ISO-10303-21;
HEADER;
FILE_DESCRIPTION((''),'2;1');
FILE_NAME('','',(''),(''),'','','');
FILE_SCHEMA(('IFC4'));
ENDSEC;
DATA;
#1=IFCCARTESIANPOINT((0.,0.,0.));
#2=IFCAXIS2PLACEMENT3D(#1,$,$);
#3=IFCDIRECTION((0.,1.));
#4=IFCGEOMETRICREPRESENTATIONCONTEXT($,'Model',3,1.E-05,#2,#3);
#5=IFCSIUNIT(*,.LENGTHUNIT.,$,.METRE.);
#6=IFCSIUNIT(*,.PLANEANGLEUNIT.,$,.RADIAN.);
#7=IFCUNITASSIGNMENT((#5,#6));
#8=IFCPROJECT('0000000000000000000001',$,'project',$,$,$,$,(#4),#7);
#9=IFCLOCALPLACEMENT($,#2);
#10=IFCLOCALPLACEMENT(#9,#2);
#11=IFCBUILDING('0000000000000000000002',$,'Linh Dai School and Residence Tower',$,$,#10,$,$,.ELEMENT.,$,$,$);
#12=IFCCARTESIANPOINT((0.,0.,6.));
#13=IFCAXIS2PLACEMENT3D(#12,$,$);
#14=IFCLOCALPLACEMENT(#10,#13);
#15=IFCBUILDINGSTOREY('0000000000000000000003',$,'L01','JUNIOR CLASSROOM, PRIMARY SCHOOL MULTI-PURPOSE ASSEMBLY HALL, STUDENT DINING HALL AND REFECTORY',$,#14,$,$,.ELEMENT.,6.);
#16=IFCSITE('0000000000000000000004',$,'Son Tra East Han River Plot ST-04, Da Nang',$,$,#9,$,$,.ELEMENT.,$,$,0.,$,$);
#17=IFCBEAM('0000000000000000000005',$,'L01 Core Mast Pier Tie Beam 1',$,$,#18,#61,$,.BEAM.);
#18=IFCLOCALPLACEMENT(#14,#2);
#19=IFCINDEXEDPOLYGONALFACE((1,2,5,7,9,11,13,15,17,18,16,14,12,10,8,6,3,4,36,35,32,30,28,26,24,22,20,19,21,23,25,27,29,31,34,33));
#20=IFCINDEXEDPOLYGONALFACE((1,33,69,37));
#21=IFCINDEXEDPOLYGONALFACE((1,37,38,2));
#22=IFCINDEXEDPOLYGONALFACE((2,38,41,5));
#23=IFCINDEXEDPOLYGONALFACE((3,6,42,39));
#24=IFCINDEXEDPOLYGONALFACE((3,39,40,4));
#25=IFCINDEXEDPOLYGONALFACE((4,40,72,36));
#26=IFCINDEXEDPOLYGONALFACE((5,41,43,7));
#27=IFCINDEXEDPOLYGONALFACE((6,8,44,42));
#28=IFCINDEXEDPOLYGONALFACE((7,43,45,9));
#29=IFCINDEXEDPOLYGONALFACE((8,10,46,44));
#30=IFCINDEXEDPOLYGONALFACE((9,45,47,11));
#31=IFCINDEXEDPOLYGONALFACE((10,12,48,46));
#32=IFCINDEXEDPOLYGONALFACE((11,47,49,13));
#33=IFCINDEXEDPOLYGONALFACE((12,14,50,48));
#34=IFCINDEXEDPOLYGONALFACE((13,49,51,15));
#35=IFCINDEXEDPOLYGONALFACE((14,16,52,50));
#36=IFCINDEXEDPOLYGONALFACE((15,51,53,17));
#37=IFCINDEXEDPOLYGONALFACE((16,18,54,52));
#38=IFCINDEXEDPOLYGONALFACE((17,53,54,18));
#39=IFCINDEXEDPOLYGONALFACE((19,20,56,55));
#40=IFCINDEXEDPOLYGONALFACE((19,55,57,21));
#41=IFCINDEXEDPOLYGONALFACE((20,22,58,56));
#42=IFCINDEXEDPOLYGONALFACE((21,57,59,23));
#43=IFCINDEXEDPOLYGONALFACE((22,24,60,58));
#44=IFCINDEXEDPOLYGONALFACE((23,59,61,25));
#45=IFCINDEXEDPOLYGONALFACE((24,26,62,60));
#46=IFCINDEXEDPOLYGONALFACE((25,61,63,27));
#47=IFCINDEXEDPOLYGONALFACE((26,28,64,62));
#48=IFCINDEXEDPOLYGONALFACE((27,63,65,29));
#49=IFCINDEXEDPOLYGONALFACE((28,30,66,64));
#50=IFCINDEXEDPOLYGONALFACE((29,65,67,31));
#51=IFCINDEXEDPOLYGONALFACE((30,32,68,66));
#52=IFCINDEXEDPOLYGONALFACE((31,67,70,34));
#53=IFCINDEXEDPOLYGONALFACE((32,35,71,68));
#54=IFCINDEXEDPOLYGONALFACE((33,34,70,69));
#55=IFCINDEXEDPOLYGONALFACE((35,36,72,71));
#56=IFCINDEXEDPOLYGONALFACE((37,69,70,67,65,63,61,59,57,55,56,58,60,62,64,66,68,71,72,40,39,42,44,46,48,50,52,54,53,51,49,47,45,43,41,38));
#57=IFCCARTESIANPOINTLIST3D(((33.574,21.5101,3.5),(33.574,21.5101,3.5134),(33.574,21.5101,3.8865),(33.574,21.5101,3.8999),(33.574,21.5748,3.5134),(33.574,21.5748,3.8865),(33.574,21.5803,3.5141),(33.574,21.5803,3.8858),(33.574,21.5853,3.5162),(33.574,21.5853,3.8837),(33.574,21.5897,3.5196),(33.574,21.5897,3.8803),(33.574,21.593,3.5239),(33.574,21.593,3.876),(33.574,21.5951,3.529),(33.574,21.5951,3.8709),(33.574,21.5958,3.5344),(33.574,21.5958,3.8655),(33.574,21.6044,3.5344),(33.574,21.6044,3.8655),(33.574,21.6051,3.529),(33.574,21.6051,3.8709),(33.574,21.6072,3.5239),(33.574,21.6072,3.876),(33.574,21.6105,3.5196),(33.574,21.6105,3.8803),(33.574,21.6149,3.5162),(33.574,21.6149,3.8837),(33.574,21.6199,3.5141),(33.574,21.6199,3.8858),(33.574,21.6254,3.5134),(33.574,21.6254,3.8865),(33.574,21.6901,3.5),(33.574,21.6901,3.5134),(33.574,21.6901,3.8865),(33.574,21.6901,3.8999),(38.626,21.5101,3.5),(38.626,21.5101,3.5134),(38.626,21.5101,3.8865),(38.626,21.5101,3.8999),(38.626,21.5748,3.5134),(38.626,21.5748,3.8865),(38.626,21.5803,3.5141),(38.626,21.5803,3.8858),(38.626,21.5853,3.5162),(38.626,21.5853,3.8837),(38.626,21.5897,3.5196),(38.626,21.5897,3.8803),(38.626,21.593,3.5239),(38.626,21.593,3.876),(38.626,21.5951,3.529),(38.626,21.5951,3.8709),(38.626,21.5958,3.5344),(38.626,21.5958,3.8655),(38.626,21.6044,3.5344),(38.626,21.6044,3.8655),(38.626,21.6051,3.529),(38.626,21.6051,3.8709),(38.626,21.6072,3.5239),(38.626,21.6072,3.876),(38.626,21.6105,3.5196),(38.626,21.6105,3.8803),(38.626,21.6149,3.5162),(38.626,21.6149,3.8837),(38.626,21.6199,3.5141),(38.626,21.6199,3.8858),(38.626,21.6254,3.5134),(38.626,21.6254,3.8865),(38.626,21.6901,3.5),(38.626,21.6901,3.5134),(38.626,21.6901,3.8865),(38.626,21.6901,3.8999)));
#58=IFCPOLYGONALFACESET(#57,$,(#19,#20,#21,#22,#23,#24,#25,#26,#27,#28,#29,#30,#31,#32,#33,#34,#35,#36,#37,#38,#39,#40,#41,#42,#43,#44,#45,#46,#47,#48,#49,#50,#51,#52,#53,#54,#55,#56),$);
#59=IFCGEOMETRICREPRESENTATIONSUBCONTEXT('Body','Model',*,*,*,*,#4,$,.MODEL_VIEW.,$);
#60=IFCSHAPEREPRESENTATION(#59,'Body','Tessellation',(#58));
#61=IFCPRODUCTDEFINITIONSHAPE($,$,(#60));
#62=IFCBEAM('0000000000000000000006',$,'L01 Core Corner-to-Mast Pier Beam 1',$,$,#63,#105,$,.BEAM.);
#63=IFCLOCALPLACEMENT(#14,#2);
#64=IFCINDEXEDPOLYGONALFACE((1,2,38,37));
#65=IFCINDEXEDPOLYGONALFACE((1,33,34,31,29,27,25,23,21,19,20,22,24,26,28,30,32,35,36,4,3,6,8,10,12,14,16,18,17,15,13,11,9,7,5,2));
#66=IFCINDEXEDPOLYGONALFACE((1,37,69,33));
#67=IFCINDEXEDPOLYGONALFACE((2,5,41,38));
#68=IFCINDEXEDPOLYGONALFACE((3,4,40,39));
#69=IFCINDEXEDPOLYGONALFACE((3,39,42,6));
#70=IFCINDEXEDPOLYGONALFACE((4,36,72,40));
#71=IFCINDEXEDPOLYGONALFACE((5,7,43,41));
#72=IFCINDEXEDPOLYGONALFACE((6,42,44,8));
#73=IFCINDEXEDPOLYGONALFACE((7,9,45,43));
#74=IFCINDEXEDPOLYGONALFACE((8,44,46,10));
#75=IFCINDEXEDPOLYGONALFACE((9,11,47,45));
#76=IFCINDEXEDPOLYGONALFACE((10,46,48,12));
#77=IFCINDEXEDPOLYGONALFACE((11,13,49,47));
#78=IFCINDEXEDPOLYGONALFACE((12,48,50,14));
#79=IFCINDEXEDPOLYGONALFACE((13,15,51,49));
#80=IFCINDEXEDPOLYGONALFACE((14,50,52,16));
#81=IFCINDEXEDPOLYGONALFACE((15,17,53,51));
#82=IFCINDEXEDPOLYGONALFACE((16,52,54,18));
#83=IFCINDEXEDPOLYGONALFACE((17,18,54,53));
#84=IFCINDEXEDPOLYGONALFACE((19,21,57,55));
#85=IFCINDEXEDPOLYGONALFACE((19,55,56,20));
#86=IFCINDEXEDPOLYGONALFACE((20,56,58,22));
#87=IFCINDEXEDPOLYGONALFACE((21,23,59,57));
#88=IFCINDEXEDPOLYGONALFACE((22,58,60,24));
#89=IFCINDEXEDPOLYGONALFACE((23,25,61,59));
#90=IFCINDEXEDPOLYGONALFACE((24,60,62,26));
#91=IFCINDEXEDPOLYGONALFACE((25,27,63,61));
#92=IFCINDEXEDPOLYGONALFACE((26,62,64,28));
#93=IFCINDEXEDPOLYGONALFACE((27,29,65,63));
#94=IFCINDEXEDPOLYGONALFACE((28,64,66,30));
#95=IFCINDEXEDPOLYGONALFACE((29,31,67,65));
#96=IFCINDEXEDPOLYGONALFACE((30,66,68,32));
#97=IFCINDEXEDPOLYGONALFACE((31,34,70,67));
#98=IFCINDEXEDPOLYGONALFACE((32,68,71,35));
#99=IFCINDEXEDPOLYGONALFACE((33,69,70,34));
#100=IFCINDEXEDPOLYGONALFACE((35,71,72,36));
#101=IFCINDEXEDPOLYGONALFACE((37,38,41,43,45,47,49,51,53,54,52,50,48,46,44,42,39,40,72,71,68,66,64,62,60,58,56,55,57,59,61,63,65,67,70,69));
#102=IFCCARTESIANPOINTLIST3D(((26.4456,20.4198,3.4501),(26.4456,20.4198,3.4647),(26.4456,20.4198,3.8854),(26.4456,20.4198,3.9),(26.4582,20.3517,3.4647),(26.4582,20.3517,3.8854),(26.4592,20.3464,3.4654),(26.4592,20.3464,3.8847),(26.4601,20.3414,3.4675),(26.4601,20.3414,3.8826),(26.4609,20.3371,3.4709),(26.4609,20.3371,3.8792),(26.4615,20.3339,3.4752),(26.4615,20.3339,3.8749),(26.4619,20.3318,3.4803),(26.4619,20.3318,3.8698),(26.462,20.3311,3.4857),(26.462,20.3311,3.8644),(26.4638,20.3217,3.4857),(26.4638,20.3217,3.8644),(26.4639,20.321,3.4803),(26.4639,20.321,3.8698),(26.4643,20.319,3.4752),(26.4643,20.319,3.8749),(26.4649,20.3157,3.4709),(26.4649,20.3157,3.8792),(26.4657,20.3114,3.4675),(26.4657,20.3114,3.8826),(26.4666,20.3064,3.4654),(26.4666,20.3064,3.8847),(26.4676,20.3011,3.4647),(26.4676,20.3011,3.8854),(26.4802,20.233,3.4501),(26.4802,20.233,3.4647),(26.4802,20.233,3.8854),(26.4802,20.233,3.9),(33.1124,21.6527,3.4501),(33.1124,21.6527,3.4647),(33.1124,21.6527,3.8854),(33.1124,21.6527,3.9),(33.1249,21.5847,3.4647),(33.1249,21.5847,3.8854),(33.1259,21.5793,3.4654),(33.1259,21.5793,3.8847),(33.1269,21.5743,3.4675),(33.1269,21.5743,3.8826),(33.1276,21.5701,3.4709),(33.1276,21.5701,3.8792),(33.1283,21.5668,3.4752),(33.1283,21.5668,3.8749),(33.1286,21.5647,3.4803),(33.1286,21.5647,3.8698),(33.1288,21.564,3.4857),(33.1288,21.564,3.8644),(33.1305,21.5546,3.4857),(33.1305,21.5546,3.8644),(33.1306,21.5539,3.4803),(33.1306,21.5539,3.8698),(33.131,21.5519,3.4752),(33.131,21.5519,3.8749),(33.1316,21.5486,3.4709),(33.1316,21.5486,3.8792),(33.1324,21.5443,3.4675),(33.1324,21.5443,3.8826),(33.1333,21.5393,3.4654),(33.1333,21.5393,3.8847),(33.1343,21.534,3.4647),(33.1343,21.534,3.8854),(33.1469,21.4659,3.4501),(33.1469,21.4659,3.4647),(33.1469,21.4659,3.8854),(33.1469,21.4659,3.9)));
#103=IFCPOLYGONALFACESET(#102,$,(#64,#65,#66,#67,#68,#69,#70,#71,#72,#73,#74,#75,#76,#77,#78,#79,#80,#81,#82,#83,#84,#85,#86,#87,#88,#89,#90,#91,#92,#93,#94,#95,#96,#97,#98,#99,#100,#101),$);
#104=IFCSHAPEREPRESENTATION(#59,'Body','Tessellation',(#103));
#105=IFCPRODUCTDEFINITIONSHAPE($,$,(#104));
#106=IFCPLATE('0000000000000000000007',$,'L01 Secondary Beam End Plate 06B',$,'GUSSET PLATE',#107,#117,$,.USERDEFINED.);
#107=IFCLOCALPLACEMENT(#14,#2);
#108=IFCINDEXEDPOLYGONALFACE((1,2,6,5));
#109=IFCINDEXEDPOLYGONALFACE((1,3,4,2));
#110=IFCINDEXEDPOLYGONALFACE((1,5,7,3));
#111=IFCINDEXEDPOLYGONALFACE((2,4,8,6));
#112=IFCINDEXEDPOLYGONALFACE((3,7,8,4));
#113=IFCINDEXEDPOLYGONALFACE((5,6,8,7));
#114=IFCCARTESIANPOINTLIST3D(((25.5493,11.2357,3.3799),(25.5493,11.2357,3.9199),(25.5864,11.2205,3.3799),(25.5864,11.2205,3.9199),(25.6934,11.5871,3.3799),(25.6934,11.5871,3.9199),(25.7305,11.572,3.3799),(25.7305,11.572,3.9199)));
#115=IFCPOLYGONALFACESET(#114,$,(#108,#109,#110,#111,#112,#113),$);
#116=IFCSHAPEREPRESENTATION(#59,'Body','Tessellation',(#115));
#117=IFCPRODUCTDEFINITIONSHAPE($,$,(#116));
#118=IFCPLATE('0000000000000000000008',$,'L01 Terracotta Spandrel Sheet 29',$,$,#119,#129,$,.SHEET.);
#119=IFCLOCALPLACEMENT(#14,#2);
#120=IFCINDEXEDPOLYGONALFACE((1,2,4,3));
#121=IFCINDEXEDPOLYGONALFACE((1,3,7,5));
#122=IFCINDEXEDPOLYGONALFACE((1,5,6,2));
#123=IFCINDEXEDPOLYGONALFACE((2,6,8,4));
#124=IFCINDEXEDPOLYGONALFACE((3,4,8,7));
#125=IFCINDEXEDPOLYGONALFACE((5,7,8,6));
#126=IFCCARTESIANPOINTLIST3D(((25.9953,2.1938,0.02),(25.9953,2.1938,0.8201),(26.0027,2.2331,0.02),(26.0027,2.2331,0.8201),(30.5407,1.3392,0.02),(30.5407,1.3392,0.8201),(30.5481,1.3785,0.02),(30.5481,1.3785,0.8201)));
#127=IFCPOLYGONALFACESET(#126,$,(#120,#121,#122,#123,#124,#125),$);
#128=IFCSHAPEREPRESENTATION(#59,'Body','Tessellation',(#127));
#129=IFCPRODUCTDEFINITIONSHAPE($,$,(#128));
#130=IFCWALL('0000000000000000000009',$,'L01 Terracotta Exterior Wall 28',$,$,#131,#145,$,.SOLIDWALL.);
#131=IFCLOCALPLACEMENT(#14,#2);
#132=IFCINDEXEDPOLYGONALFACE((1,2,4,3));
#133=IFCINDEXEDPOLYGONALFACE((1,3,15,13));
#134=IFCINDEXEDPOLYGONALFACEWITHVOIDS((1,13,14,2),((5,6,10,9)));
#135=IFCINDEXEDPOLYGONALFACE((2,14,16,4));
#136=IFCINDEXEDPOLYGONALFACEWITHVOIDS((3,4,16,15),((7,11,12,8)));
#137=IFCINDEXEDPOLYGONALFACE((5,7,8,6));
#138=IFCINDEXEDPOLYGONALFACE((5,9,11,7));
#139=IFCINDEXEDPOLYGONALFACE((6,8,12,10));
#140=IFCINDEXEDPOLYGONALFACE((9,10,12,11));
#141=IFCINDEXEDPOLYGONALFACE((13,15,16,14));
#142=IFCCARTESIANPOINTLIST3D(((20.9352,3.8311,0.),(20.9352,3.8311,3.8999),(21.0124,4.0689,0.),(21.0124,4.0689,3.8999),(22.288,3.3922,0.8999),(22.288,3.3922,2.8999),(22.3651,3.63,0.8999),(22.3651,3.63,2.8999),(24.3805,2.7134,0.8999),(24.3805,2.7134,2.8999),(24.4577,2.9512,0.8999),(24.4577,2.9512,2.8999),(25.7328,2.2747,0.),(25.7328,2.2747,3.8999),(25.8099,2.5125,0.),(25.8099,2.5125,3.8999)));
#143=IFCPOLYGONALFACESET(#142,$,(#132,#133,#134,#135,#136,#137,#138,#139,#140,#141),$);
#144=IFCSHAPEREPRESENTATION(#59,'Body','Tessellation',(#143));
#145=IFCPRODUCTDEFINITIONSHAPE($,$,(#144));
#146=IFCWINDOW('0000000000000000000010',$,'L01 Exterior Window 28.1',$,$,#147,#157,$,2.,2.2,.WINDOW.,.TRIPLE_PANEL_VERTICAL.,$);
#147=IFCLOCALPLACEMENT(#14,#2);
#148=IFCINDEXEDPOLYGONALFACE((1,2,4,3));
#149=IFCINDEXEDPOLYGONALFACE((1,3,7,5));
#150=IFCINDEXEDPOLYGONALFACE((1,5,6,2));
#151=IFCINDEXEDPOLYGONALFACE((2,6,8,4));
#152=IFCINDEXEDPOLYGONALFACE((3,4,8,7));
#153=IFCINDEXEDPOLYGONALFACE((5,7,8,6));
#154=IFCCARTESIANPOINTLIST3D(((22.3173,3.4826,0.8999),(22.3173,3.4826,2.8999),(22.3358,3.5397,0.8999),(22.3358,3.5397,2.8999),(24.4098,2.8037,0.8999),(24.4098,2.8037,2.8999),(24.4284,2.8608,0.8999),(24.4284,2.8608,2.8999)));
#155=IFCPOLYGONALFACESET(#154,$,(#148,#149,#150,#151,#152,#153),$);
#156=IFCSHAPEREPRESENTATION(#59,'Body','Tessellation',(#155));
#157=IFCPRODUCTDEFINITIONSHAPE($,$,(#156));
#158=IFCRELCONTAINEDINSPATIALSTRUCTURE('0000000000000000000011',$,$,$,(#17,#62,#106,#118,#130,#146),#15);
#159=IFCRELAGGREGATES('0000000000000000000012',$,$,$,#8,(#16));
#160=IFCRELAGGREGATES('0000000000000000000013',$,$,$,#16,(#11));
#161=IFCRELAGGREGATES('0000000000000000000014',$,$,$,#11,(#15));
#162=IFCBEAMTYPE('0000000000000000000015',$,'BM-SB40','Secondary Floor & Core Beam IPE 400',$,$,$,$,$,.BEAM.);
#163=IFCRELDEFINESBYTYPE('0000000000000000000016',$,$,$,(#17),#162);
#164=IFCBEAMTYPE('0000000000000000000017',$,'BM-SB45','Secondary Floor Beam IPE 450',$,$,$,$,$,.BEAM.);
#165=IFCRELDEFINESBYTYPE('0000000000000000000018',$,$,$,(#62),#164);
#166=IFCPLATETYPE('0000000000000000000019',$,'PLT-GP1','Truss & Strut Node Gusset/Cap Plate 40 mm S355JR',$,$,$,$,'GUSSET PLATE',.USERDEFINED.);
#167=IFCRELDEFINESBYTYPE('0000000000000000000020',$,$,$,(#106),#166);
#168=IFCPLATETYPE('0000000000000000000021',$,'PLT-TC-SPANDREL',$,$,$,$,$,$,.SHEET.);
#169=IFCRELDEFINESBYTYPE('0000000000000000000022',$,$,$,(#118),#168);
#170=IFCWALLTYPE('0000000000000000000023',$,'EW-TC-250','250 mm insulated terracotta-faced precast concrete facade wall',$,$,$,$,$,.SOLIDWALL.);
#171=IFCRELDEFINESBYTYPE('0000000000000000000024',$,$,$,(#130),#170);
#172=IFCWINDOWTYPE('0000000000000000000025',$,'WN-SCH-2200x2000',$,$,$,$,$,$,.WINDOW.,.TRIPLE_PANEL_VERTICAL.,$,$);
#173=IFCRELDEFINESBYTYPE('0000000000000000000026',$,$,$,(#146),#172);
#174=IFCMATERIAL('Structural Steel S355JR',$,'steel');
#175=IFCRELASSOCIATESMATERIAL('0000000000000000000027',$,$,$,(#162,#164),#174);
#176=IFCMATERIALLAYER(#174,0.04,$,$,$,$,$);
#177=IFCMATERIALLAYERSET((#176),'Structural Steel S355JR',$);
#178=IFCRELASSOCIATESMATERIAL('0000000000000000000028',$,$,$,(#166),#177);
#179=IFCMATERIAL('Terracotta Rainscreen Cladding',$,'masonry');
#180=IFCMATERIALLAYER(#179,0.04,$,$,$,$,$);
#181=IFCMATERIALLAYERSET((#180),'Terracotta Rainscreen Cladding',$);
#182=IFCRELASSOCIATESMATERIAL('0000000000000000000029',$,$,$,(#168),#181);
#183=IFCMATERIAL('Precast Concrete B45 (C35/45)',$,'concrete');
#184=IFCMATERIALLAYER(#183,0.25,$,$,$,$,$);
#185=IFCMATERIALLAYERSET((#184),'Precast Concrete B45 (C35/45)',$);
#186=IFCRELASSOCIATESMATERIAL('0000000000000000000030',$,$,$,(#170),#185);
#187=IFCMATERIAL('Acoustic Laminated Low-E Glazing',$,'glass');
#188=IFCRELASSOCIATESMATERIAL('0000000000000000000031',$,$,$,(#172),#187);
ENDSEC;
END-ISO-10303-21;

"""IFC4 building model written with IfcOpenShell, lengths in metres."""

from ifc_helpers import new_model, si_unit, direction, frame, frame_2d, origin, origin_2d, place, context, subcontext, project, spatial, rectangle, i_section, extrude, source, transform, mapped, material, layer, layer_set, material_profile, profile_set, type_object, element, fill, save


model = new_model("IFC4")

# Units and contexts
model_context = context("Model", 3, precision=1e-05, world=origin(), true_north=direction((0.0, 1.0)))
body_context = subcontext(model_context, "Body", "Model", "MODEL_VIEW")
ifc_project = project(units=[si_unit("LENGTHUNIT", "METRE"), si_unit("PLANEANGLEUNIT", "RADIAN")], contexts=[model_context])

# Site, building, storey
site_placement = place(None, origin())
site = spatial("IfcSite", under=ifc_project, at=site_placement, Name="Son Tra East Han River Plot ST-04, Da Nang", CompositionType="ELEMENT", RefElevation=0.0)
building_placement = place(site_placement, origin())
building = spatial("IfcBuilding", under=site, at=building_placement, Name="Linh Dai School and Residence Tower", CompositionType="ELEMENT")
storey_placement = place(building_placement, frame((0.0, 0.0, 6.0)))
storey = spatial("IfcBuildingStorey", under=building, at=storey_placement, Name="L01", Description="JUNIOR CLASSROOM, PRIMARY SCHOOL MULTI-PURPOSE ASSEMBLY HALL, STUDENT DINING HALL AND REFECTORY", CompositionType="ELEMENT", Elevation=6.0)

# Shared definitions
ifc_material_1 = material(Name="Structural Steel S355JR", Category="steel")

# Beams
ifc_material_profile_1 = material_profile(ifc_material_1, i_section(OverallWidth=0.1799, OverallDepth=0.3999, WebThickness=0.0085, FlangeThickness=0.0134, FilletRadius=0.021, at=origin_2d()), Name="IPE 400")
ifc_profile_set_1 = profile_set([ifc_material_profile_1], Name="Structural Steel S355JR")
beam_type_1 = type_object("IfcBeamType", Name="BM-SB40", Description="Secondary Floor & Core Beam IPE 400", PredefinedType="BEAM", material=ifc_profile_set_1)
beam_1_placement = place(storey_placement, frame((33.574, 21.6001, 3.7), z_axis=(1.0, 0.0, 0.0), x_axis=(0.0, 1.0, 0.0)))
element("IfcBeam", 1, at=beam_1_placement, inside=storey, type_object=beam_type_1, Name="L01 Core Mast Pier Tie Beam 1", PredefinedType="BEAM", context=body_context, shape_type="SweptSolid", body=[
    extrude(i_section(OverallWidth=0.1799, OverallDepth=0.3999, WebThickness=0.0085, FlangeThickness=0.0134, FilletRadius=0.021, at=origin_2d()), origin(), (0.0, 0.0, 1.0), 5.052),
])
ifc_material_profile_2 = material_profile(ifc_material_1, i_section(OverallWidth=0.1899, OverallDepth=0.45, WebThickness=0.0095, FlangeThickness=0.0146, FilletRadius=0.021, at=origin_2d()), Name="IPE 450")
ifc_profile_set_2 = profile_set([ifc_material_profile_2], Name="Structural Steel S355JR")
beam_type_2 = type_object("IfcBeamType", Name="BM-SB45", Description="Secondary Floor Beam IPE 450", PredefinedType="BEAM", material=ifc_profile_set_2)
beam_2_placement = place(storey_placement, frame((26.4629, 20.3264, 3.675), z_axis=(0.983326, 0.181851, 0.0), x_axis=(-0.181851, 0.983326, 0.0)))
element("IfcBeam", 2, at=beam_2_placement, inside=storey, type_object=beam_type_2, Name="L01 Core Corner-to-Mast Pier Beam 1", PredefinedType="BEAM", context=body_context, shape_type="SweptSolid", body=[
    extrude(i_section(OverallWidth=0.1899, OverallDepth=0.45, WebThickness=0.0095, FlangeThickness=0.0146, FilletRadius=0.021, at=origin_2d()), origin(), (0.0, 0.0, 1.0), 6.7798),
])

# Plates
ifc_layer_1 = layer(ifc_material_1, 0.04)
ifc_layer_set_1 = layer_set([ifc_layer_1], Name="Structural Steel S355JR")
plate_type_1 = type_object("IfcPlateType", Name="PLT-GP1", Description="Truss & Strut Node Gusset/Cap Plate 40 mm S355JR", ElementType="GUSSET PLATE", PredefinedType="USERDEFINED", material=ifc_layer_set_1)
shared_shape_1 = source(origin(), body_context, "Body", "SweptSolid", [
    extrude(rectangle(XDim=0.04, YDim=0.3799, at=origin_2d()), origin(), (0.0, 0.0, 1.0), 0.54),
])
plate_1_placement = place(storey_placement, frame((25.6399, 11.4038, 3.3799), z_axis=(0.0, 0.0, 1.0), x_axis=(0.925232, -0.379401, 0.0)))
element("IfcPlate", 3, at=plate_1_placement, inside=storey, type_object=plate_type_1, Name="L01 Secondary Beam End Plate 06B", ObjectType="GUSSET PLATE", PredefinedType="USERDEFINED", context=body_context, shape_type="MappedRepresentation", body=[
    mapped(shared_shape_1, transform((0.0, 0.0, 0.0), x_axis=(1.0, 0.0, 0.0), y_axis=(0.0, 1.0, 0.0), z_axis=(0.0, 0.0, 1.0), scale=1.0)),
])
ifc_material_2 = material(Name="Terracotta Rainscreen Cladding", Category="masonry")
ifc_layer_2 = layer(ifc_material_2, 0.04)
ifc_layer_set_2 = layer_set([ifc_layer_2], Name="Terracotta Rainscreen Cladding")
plate_type_2 = type_object("IfcPlateType", Name="PLT-TC-SPANDREL", PredefinedType="SHEET", material=ifc_layer_set_2)
shared_shape_2 = source(origin(), body_context, "Body", "SweptSolid", [
    extrude(rectangle(XDim=4.625, YDim=0.04, at=origin_2d()), origin(), (0.0, 0.0, 1.0), 0.8),
])
plate_2_placement = place(storey_placement, frame((28.2717, 1.7861, 0.02), z_axis=(0.0, 0.0, 1.0), x_axis=(-0.982781, 0.184775, 0.0)))
element("IfcPlate", 4, at=plate_2_placement, inside=storey, type_object=plate_type_2, Name="L01 Terracotta Spandrel Sheet 29", PredefinedType="SHEET", context=body_context, shape_type="MappedRepresentation", body=[
    mapped(shared_shape_2, transform((0.0, 0.0, 0.0), x_axis=(1.0, 0.0, 0.0), y_axis=(0.0, 1.0, 0.0), z_axis=(0.0, 0.0, 1.0), scale=1.0)),
])

# Wall, opening, window
ifc_material_3 = material(Name="Precast Concrete B45 (C35/45)", Category="concrete")
ifc_layer_3 = layer(ifc_material_3, 0.25)
ifc_layer_set_3 = layer_set([ifc_layer_3], Name="Precast Concrete B45 (C35/45)")
wall_type_1 = type_object("IfcWallType", Name="EW-TC-250", Description="250 mm insulated terracotta-faced precast concrete facade wall", PredefinedType="SOLIDWALL", material=ifc_layer_set_3)
wall_1_placement = place(storey_placement, frame((25.7715, 2.3936, 0.0), z_axis=(0.0, 0.0, 1.0), x_axis=(-0.951199, 0.308579, 0.0)))
wall_1 = element("IfcWall", 5, at=wall_1_placement, inside=storey, type_object=wall_type_1, Name="L01 Terracotta Exterior Wall 28", PredefinedType="SOLIDWALL", context=body_context, shape_type="SweptSolid", body=[
    extrude(rectangle(XDim=5.0437, YDim=0.25, at=frame_2d((2.522, 0.0))), origin(), (0.0, 0.0, 1.0), 3.8999),
])
opening_1_placement = place(wall_1_placement, frame((1.4216, 0.0, 0.8999)))
opening_1 = element("IfcOpeningElement", 6, at=opening_1_placement, cuts=wall_1, PredefinedType="OPENING", context=body_context, shape_type="SweptSolid", body=[
    extrude(rectangle(XDim=2.2, YDim=2.0, at=origin_2d()), frame((1.1001, 0.135, 1.0), z_axis=(0.0, -1.0, 0.0), x_axis=(1.0, 0.0, 0.0)), (0.0, 0.0, 1.0), 0.27),
])
ifc_material_4 = material(Name="Acoustic Laminated Low-E Glazing", Category="glass")
window_type = type_object("IfcWindowType", Name="WN-SCH-2200x2000", PartitioningType="TRIPLE_PANEL_VERTICAL", PredefinedType="WINDOW", material=ifc_material_4)
shared_shape_3 = source(origin(), body_context, "Body", "SweptSolid", [
    extrude(rectangle(XDim=2.2, YDim=2.0, at=origin_2d()), frame((1.1001, 0.03, 1.0), z_axis=(0.0, -1.0, 0.0), x_axis=(1.0, 0.0, 0.0)), (0.0, 0.0, 1.0), 0.0601),
])
window_1_placement = place(opening_1_placement, origin())
window_1 = element("IfcWindow", 7, at=window_1_placement, inside=storey, type_object=window_type, Name="L01 Exterior Window 28.1", OverallHeight=2.0, OverallWidth=2.2, PartitioningType="TRIPLE_PANEL_VERTICAL", PredefinedType="WINDOW", context=body_context, shape_type="MappedRepresentation", body=[
    mapped(shared_shape_3, transform((0.0, 0.0, 0.0), x_axis=(1.0, 0.0, 0.0), y_axis=(0.0, 1.0, 0.0), z_axis=(0.0, 0.0, 1.0), scale=1.0)),
])
fill(opening_1, window_1)

save(model, "model.ifc")
